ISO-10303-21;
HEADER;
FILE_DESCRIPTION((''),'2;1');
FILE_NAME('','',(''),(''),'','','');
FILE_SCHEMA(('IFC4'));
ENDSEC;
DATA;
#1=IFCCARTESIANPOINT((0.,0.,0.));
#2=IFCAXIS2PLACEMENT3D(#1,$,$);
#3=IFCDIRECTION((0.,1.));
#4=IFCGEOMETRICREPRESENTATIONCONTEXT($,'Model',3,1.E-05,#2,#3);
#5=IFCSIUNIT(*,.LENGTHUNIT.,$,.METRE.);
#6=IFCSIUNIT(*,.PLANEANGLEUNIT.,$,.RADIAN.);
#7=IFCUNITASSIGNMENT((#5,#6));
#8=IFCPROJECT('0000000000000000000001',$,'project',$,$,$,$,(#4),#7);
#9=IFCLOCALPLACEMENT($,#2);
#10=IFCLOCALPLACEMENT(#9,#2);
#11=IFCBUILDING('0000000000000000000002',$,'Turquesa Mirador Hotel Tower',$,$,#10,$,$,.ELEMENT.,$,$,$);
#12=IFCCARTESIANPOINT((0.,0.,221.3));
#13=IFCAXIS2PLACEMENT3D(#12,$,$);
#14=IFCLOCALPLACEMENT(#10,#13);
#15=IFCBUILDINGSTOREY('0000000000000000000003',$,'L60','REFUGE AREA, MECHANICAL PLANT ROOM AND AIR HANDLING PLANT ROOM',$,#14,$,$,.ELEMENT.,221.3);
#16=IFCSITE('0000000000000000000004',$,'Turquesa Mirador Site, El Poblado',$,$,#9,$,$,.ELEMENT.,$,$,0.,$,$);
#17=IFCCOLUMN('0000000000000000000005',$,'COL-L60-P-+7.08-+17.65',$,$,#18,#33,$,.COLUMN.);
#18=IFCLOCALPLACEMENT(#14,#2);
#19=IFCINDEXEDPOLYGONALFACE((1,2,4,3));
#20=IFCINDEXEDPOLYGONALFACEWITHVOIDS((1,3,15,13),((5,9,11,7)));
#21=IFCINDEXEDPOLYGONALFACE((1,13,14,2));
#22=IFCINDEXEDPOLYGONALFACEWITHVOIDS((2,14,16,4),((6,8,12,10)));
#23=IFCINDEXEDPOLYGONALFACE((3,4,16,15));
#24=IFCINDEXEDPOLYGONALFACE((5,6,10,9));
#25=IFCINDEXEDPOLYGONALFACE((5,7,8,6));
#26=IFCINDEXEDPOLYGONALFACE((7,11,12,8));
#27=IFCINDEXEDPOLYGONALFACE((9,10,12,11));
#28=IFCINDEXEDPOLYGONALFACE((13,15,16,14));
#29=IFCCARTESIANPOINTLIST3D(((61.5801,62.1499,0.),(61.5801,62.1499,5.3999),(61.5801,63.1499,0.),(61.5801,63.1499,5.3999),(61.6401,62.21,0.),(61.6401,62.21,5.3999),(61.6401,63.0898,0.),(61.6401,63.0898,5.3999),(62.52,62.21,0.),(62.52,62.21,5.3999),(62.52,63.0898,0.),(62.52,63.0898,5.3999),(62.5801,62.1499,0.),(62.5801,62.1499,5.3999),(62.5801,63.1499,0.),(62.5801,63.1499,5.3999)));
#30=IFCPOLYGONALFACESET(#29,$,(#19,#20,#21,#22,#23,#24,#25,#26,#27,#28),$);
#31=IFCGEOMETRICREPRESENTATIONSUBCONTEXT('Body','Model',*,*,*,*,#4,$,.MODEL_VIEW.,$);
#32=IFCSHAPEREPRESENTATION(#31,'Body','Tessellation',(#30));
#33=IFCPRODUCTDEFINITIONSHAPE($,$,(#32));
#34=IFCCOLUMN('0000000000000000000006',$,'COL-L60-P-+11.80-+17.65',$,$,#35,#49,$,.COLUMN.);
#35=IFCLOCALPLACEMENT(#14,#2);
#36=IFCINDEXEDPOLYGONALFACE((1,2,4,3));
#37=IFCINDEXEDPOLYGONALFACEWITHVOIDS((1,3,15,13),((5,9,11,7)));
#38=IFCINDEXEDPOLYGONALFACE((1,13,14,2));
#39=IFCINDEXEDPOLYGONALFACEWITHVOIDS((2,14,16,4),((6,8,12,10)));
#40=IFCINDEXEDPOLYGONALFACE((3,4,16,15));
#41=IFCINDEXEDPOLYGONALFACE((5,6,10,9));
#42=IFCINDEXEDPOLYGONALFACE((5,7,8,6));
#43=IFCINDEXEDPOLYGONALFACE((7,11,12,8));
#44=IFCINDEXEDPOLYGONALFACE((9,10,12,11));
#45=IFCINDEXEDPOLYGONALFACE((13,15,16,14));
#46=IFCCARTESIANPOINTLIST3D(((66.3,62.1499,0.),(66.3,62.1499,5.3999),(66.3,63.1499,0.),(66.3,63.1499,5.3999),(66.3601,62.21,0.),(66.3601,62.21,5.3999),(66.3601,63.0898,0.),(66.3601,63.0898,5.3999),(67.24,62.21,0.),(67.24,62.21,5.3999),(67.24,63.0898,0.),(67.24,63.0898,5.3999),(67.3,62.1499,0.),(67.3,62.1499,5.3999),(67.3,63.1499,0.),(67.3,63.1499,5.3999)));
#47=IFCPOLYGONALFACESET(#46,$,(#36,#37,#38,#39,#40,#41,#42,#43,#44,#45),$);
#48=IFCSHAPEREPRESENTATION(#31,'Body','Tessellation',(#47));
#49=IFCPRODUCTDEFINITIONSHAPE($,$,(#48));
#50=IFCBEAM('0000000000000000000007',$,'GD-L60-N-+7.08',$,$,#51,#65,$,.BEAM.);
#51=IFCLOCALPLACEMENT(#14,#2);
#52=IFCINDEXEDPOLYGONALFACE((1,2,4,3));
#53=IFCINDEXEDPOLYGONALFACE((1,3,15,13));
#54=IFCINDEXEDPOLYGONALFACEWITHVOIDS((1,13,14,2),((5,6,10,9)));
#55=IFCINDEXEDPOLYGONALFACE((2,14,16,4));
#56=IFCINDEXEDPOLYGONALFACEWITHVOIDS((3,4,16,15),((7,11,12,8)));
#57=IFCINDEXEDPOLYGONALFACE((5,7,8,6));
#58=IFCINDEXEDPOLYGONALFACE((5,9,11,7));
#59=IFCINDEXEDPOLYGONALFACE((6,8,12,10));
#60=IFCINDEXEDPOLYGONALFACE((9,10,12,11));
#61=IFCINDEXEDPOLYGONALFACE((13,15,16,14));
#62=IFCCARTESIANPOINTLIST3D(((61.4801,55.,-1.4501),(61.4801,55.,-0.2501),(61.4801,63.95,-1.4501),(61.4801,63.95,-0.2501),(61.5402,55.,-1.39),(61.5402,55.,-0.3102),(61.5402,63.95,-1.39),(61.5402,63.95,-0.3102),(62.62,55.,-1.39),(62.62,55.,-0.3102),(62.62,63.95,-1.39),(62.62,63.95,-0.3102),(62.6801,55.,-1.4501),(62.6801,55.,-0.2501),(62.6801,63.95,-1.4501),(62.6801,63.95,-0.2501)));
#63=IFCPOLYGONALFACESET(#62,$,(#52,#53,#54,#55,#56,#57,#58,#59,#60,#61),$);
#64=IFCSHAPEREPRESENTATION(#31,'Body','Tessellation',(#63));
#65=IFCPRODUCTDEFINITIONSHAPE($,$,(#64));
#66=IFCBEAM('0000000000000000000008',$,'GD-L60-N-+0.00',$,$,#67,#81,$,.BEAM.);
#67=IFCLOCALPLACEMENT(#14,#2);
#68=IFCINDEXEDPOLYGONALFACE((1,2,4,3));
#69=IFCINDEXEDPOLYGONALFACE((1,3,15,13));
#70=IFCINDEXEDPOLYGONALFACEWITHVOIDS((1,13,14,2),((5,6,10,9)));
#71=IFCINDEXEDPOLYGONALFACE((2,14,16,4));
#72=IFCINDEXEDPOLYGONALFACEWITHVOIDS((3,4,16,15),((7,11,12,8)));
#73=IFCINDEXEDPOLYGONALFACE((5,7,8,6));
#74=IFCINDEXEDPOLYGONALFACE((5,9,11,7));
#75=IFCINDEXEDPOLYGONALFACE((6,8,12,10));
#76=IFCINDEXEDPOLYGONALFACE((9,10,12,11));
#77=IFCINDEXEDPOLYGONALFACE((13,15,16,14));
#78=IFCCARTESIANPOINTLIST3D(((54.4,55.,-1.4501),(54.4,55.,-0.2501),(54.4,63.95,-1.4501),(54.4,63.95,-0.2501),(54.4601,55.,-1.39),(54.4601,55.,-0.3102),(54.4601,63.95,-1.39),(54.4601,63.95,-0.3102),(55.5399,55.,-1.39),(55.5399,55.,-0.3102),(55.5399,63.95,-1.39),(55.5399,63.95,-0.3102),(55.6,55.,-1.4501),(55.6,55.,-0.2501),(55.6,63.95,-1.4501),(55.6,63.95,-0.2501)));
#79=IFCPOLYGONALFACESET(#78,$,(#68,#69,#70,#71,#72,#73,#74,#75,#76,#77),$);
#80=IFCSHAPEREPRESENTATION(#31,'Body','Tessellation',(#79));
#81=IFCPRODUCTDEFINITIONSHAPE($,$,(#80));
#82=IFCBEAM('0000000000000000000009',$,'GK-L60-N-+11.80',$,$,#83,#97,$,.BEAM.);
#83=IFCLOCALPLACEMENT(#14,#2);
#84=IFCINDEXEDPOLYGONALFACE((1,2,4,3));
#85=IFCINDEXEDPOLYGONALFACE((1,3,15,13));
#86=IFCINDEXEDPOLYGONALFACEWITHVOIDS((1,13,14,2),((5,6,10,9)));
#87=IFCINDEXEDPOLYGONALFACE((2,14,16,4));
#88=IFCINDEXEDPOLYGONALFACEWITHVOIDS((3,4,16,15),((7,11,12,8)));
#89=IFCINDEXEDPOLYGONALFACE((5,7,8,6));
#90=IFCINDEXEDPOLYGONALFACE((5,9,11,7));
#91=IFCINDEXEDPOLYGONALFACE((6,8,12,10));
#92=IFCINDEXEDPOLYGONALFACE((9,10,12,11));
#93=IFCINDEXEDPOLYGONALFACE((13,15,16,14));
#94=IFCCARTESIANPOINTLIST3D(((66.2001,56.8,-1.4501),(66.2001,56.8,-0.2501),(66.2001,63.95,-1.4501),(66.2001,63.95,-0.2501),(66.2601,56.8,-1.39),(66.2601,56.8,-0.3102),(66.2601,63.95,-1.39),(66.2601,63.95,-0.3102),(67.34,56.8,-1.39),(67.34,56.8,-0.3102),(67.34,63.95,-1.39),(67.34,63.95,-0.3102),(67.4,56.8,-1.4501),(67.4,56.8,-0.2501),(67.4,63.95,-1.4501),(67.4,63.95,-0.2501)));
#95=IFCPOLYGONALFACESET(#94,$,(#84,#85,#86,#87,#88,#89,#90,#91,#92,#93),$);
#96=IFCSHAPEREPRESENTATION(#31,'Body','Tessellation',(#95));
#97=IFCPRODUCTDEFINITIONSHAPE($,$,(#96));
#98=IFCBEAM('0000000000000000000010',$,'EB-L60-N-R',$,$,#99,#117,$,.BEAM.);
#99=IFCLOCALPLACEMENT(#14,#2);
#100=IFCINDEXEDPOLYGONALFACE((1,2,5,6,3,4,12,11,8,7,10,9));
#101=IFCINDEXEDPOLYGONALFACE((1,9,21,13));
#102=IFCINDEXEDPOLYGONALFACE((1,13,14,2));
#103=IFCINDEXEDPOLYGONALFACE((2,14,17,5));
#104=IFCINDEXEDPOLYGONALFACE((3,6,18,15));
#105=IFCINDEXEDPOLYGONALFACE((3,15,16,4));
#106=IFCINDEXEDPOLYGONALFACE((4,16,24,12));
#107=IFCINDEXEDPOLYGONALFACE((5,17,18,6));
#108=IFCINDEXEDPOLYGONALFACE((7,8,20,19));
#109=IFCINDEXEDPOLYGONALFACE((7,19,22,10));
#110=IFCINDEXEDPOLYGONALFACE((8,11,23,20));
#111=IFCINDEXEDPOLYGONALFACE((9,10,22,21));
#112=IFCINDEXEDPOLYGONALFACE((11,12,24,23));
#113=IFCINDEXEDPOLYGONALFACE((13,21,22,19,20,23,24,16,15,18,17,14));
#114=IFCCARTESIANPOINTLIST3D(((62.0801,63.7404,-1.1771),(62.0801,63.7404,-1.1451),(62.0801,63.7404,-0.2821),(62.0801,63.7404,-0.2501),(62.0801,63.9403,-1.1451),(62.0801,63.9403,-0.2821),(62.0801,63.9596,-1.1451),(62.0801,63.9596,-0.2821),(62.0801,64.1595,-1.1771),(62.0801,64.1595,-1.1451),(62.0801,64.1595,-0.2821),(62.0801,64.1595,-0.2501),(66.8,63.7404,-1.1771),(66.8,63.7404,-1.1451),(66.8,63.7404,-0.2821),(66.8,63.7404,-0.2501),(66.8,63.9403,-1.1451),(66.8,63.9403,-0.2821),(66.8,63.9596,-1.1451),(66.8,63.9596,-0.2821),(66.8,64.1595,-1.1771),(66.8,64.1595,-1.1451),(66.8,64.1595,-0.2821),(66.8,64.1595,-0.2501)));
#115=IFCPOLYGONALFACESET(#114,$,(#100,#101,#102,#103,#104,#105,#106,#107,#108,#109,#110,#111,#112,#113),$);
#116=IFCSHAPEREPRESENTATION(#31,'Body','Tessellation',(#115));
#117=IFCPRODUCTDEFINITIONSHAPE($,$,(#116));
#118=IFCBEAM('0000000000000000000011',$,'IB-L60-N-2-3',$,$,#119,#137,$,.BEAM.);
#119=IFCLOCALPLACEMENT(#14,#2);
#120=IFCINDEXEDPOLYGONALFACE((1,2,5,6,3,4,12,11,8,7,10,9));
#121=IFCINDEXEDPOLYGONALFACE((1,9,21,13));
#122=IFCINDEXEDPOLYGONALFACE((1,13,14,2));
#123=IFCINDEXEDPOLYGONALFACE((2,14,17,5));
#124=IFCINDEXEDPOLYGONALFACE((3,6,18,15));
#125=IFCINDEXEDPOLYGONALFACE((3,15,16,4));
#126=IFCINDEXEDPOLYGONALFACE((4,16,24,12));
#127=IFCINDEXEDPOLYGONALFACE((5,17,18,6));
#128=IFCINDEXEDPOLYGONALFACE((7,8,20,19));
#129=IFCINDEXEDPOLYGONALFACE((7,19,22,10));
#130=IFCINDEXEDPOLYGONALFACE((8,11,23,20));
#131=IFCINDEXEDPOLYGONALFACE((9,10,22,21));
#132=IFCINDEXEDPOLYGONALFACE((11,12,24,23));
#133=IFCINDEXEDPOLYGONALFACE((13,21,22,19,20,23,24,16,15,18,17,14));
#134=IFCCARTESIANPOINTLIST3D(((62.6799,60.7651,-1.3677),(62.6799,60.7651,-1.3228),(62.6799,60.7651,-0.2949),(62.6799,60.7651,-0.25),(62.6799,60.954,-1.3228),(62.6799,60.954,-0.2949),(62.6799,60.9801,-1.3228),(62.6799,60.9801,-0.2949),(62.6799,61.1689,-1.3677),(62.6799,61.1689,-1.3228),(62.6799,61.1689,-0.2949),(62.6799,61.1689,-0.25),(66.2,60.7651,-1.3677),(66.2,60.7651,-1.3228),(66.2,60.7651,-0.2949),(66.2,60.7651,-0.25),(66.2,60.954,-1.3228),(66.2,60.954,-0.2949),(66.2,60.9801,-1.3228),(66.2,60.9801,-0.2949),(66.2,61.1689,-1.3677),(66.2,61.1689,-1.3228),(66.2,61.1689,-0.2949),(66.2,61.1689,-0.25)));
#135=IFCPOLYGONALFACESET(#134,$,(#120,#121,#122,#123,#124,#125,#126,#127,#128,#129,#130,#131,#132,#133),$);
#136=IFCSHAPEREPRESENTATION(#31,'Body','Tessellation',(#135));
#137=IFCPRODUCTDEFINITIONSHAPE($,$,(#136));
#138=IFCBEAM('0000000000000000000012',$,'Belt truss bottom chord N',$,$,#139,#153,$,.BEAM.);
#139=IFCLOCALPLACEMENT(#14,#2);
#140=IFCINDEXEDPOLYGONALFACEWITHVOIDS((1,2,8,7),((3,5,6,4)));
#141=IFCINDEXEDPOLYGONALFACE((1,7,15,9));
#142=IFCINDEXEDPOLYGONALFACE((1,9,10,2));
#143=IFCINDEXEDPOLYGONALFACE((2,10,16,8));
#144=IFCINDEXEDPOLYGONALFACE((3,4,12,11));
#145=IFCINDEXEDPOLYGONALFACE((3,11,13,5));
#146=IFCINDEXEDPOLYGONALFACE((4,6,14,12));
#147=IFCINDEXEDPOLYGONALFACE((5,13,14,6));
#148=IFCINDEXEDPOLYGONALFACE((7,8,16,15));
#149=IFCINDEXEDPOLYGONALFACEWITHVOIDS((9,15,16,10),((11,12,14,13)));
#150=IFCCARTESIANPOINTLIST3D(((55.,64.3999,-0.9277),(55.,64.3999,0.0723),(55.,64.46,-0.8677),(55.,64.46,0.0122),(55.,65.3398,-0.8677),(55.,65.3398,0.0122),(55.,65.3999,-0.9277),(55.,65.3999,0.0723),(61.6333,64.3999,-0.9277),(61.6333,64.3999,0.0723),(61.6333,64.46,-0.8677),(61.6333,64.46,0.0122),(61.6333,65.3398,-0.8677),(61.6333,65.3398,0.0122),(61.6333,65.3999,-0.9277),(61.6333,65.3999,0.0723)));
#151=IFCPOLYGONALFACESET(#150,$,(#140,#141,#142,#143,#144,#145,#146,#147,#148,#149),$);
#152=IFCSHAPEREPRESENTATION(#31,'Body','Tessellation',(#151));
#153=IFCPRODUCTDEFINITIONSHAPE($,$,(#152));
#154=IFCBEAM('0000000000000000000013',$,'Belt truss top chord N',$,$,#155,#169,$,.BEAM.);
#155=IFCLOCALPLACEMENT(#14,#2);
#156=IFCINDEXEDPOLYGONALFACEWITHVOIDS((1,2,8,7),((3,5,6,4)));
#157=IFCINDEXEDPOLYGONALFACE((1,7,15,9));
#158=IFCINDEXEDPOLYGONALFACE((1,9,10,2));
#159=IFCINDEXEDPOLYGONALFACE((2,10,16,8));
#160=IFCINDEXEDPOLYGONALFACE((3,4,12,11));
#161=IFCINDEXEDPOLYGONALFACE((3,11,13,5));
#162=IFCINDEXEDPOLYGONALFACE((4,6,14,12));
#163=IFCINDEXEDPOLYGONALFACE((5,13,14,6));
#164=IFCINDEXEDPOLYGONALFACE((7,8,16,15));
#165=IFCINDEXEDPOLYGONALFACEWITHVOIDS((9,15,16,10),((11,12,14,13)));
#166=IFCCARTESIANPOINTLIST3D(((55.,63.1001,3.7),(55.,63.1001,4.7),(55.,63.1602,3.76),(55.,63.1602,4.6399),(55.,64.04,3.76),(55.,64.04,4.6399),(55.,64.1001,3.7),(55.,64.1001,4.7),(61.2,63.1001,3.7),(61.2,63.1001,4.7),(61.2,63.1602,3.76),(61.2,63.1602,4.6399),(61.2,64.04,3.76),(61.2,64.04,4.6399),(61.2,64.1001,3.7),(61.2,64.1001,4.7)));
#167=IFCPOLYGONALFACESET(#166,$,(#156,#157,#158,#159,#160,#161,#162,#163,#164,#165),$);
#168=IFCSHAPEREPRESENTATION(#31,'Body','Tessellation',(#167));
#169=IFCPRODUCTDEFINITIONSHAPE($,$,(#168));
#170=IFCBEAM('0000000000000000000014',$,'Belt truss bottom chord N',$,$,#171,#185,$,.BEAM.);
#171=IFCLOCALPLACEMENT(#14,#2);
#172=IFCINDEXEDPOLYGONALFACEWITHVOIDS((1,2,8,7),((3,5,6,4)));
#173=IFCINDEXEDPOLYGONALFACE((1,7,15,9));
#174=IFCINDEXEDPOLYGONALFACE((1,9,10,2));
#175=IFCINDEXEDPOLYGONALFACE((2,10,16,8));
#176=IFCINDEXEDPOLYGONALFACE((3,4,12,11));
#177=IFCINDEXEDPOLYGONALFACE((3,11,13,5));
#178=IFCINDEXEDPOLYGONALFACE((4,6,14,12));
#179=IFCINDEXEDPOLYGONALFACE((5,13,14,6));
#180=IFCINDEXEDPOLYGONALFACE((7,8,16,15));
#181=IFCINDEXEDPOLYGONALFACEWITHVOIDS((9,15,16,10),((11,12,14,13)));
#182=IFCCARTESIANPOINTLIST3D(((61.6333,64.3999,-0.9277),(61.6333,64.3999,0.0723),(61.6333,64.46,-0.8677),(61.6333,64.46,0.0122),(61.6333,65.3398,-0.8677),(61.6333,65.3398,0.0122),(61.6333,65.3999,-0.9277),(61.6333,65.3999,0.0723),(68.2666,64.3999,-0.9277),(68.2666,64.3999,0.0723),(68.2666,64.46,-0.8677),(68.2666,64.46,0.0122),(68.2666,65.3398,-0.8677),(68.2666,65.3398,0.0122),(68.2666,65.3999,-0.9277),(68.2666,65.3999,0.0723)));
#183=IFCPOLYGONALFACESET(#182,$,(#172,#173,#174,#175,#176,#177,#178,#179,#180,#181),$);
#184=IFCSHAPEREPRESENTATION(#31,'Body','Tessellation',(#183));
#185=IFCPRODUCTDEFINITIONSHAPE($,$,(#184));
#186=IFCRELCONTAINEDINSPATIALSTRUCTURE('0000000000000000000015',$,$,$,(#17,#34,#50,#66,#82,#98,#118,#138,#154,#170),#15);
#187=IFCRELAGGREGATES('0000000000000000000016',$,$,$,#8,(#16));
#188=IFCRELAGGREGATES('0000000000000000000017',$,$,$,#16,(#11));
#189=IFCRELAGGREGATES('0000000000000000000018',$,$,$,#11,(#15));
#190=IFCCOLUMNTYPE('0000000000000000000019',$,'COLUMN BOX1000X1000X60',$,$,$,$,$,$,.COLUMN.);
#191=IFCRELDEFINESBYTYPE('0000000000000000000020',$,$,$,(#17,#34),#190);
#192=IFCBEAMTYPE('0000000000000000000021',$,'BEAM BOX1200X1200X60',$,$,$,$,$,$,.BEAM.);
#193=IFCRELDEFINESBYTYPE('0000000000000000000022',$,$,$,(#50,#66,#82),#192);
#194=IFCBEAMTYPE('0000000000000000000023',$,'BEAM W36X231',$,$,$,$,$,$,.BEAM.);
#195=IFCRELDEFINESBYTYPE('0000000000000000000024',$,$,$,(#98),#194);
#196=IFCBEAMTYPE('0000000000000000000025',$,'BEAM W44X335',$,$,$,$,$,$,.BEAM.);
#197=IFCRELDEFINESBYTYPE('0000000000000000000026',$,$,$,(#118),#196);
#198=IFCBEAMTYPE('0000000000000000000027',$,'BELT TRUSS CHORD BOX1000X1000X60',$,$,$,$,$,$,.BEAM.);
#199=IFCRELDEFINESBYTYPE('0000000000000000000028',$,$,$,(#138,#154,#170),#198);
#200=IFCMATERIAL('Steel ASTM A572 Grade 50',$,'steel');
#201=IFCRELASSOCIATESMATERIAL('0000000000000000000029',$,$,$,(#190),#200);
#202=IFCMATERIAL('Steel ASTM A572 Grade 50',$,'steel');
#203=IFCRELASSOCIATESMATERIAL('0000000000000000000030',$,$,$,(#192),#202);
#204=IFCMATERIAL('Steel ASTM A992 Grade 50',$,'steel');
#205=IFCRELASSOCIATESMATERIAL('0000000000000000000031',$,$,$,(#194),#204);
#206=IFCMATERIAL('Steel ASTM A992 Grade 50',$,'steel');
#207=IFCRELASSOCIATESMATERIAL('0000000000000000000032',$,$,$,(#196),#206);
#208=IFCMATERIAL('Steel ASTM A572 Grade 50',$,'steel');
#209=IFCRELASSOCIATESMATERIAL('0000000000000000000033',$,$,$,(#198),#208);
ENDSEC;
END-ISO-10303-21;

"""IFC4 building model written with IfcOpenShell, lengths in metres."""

from ifc_helpers import new_model, si_unit, direction, frame, origin, origin_2d, place, context, subcontext, project, spatial, hollow_rectangle, i_section, extrude, material, material_profile, profile_set, type_object, element, save


model = new_model("IFC4")

# Units and contexts
model_context = context("Model", 3, precision=1e-05, world=origin(), true_north=direction((0.0, 1.0)))
body_context = subcontext(model_context, "Body", "Model", "MODEL_VIEW")
ifc_project = project(units=[si_unit("LENGTHUNIT", "METRE"), si_unit("PLANEANGLEUNIT", "RADIAN")], contexts=[model_context])

# Site, building, storey
site_placement = place(None, origin())
site = spatial("IfcSite", under=ifc_project, at=site_placement, Name="Turquesa Mirador Site, El Poblado", CompositionType="ELEMENT", RefElevation=0.0)
building_placement = place(site_placement, origin())
building = spatial("IfcBuilding", under=site, at=building_placement, Name="Turquesa Mirador Hotel Tower", CompositionType="ELEMENT")
storey_placement = place(building_placement, frame((0.0, 0.0, 221.3)))
storey = spatial("IfcBuildingStorey", under=building, at=storey_placement, Name="L60", Description="REFUGE AREA, MECHANICAL PLANT ROOM AND AIR HANDLING PLANT ROOM", CompositionType="ELEMENT", Elevation=221.3)

# Columns
ifc_material_1 = material(Name="Steel ASTM A572 Grade 50", Category="steel")
ifc_material_profile_1 = material_profile(ifc_material_1, hollow_rectangle(XDim=1.0, YDim=1.0, WallThickness=0.0601, at=origin_2d()), Name="BOX1000X1000X60")
ifc_profile_set_1 = profile_set([ifc_material_profile_1], Name="Steel ASTM A572 Grade 50")
column_type = type_object("IfcColumnType", Name="COLUMN BOX1000X1000X60", PredefinedType="COLUMN", material=ifc_profile_set_1)
for number, where, z_axis, x_axis, name in (
    (1, (62.0801, 62.6499, 0.0), (0.0, 0.0, 1.0), (1.0, 0.0, 0.0), "COL-L60-P-+7.08-+17.65"),
    (2, (66.8, 62.6499, 0.0), (0.0, 0.0, 1.0), (1.0, 0.0, 0.0), "COL-L60-P-+11.80-+17.65"),
):
    element("IfcColumn", number, at=place(storey_placement, frame(where, z_axis=z_axis, x_axis=x_axis)), inside=storey, type_object=column_type, Name=name, PredefinedType="COLUMN", context=body_context, shape_type="SweptSolid", body=[
        extrude(hollow_rectangle(XDim=1.0, YDim=1.0, WallThickness=0.0601, at=origin_2d()), origin(), (0.0, 0.0, 1.0), 5.3999),
    ])

# Beams
ifc_material_2 = material(Name="Steel ASTM A572 Grade 50", Category="steel")
ifc_material_profile_2 = material_profile(ifc_material_2, hollow_rectangle(XDim=1.2, YDim=1.2, WallThickness=0.0601, at=origin_2d()), Name="BOX1200X1200X60")
ifc_profile_set_2 = profile_set([ifc_material_profile_2], Name="Steel ASTM A572 Grade 50")
beam_type_1 = type_object("IfcBeamType", Name="BEAM BOX1200X1200X60", PredefinedType="BEAM", material=ifc_profile_set_2)
for number, where, z_axis, x_axis, name in (
    (3, (62.0801, 63.95, -0.8501), (0.0, -1.0, 0.0), (1.0, 0.0, 0.0), "GD-L60-N-+7.08"),
    (4, (55.0, 63.95, -0.8501), (0.0, -1.0, 0.0), (1.0, 0.0, 0.0), "GD-L60-N-+0.00"),
):
    element("IfcBeam", number, at=place(storey_placement, frame(where, z_axis=z_axis, x_axis=x_axis)), inside=storey, type_object=beam_type_1, Name=name, PredefinedType="BEAM", context=body_context, shape_type="SweptSolid", body=[
        extrude(hollow_rectangle(XDim=1.2, YDim=1.2, WallThickness=0.0601, at=origin_2d()), origin(), (0.0, 0.0, 1.0), 8.95),
    ])
beam_1_placement = place(storey_placement, frame((66.8, 63.95, -0.8501), z_axis=(0.0, -1.0, 0.0), x_axis=(1.0, 0.0, 0.0)))
element("IfcBeam", 5, at=beam_1_placement, inside=storey, type_object=beam_type_1, Name="GK-L60-N-+11.80", PredefinedType="BEAM", context=body_context, shape_type="SweptSolid", body=[
    extrude(hollow_rectangle(XDim=1.2, YDim=1.2, WallThickness=0.0601, at=origin_2d()), origin(), (0.0, 0.0, 1.0), 7.1499),
])
ifc_material_3 = material(Name="Steel ASTM A992 Grade 50", Category="steel")
ifc_material_profile_3 = material_profile(ifc_material_3, i_section(OverallWidth=0.4192, OverallDepth=0.927, WebThickness=0.0193, FlangeThickness=0.032, at=origin_2d()), Name="W36X231")
ifc_profile_set_3 = profile_set([ifc_material_profile_3], Name="Steel ASTM A992 Grade 50")
beam_type_2 = type_object("IfcBeamType", Name="BEAM W36X231", PredefinedType="BEAM", material=ifc_profile_set_3)
beam_2_placement = place(storey_placement, frame((62.0801, 63.95, -0.7136), z_axis=(1.0, 0.0, 0.0), x_axis=(0.0, 1.0, 0.0)))
element("IfcBeam", 6, at=beam_2_placement, inside=storey, type_object=beam_type_2, Name="EB-L60-N-R", PredefinedType="BEAM", context=body_context, shape_type="SweptSolid", body=[
    extrude(i_section(OverallWidth=0.4192, OverallDepth=0.927, WebThickness=0.0193, FlangeThickness=0.032, at=origin_2d()), origin(), (0.0, 0.0, 1.0), 4.72),
])
ifc_material_4 = material(Name="Steel ASTM A992 Grade 50", Category="steel")
ifc_material_profile_4 = material_profile(ifc_material_4, i_section(OverallWidth=0.4038, OverallDepth=1.1177, WebThickness=0.0261, FlangeThickness=0.0449, at=origin_2d()), Name="W44X335")
ifc_profile_set_4 = profile_set([ifc_material_profile_4], Name="Steel ASTM A992 Grade 50")
beam_type_3 = type_object("IfcBeamType", Name="BEAM W44X335", PredefinedType="BEAM", material=ifc_profile_set_4)
beam_3_placement = place(storey_placement, frame((62.6799, 60.967, -0.8088), z_axis=(1.0, 0.0, 0.0), x_axis=(0.0, 1.0, 0.0)))
element("IfcBeam", 7, at=beam_3_placement, inside=storey, type_object=beam_type_3, Name="IB-L60-N-2-3", PredefinedType="BEAM", context=body_context, shape_type="SweptSolid", body=[
    extrude(i_section(OverallWidth=0.4038, OverallDepth=1.1177, WebThickness=0.0261, FlangeThickness=0.0449, at=origin_2d()), origin(), (0.0, 0.0, 1.0), 3.52),
])
ifc_material_5 = material(Name="Steel ASTM A572 Grade 50", Category="steel")
ifc_material_profile_5 = material_profile(ifc_material_5, hollow_rectangle(XDim=1.0, YDim=1.0, WallThickness=0.0601, at=origin_2d()), Name="BOX1000X1000X60")
ifc_profile_set_5 = profile_set([ifc_material_profile_5], Name="Steel ASTM A572 Grade 50")
beam_type_4 = type_object("IfcBeamType", Name="BELT TRUSS CHORD BOX1000X1000X60", PredefinedType="BEAM", material=ifc_profile_set_5)
beam_4_placement = place(storey_placement, frame((55.0, 64.8999, -0.4277), z_axis=(1.0, 0.0, 0.0), x_axis=(0.0, 1.0, 0.0)))
element("IfcBeam", 8, at=beam_4_placement, inside=storey, type_object=beam_type_4, Name="Belt truss bottom chord N", PredefinedType="BEAM", context=body_context, shape_type="SweptSolid", body=[
    extrude(hollow_rectangle(XDim=1.0, YDim=1.0, WallThickness=0.0601, at=origin_2d()), origin(), (0.0, 0.0, 1.0), 6.6333),
])
beam_5_placement = place(storey_placement, frame((55.0, 63.6001, 4.2), z_axis=(1.0, 0.0, 0.0), x_axis=(0.0, 1.0, 0.0)))
element("IfcBeam", 9, at=beam_5_placement, inside=storey, type_object=beam_type_4, Name="Belt truss top chord N", PredefinedType="BEAM", context=body_context, shape_type="SweptSolid", body=[
    extrude(hollow_rectangle(XDim=1.0, YDim=1.0, WallThickness=0.0601, at=origin_2d()), origin(), (0.0, 0.0, 1.0), 6.2),
])
beam_6_placement = place(storey_placement, frame((61.6333, 64.8999, -0.4277), z_axis=(1.0, 0.0, 0.0), x_axis=(0.0, 1.0, 0.0)))
element("IfcBeam", 10, at=beam_6_placement, inside=storey, type_object=beam_type_4, Name="Belt truss bottom chord N", PredefinedType="BEAM", context=body_context, shape_type="SweptSolid", body=[
    extrude(hollow_rectangle(XDim=1.0, YDim=1.0, WallThickness=0.0601, at=origin_2d()), origin(), (0.0, 0.0, 1.0), 6.6333),
])

save(model, "model.ifc")
